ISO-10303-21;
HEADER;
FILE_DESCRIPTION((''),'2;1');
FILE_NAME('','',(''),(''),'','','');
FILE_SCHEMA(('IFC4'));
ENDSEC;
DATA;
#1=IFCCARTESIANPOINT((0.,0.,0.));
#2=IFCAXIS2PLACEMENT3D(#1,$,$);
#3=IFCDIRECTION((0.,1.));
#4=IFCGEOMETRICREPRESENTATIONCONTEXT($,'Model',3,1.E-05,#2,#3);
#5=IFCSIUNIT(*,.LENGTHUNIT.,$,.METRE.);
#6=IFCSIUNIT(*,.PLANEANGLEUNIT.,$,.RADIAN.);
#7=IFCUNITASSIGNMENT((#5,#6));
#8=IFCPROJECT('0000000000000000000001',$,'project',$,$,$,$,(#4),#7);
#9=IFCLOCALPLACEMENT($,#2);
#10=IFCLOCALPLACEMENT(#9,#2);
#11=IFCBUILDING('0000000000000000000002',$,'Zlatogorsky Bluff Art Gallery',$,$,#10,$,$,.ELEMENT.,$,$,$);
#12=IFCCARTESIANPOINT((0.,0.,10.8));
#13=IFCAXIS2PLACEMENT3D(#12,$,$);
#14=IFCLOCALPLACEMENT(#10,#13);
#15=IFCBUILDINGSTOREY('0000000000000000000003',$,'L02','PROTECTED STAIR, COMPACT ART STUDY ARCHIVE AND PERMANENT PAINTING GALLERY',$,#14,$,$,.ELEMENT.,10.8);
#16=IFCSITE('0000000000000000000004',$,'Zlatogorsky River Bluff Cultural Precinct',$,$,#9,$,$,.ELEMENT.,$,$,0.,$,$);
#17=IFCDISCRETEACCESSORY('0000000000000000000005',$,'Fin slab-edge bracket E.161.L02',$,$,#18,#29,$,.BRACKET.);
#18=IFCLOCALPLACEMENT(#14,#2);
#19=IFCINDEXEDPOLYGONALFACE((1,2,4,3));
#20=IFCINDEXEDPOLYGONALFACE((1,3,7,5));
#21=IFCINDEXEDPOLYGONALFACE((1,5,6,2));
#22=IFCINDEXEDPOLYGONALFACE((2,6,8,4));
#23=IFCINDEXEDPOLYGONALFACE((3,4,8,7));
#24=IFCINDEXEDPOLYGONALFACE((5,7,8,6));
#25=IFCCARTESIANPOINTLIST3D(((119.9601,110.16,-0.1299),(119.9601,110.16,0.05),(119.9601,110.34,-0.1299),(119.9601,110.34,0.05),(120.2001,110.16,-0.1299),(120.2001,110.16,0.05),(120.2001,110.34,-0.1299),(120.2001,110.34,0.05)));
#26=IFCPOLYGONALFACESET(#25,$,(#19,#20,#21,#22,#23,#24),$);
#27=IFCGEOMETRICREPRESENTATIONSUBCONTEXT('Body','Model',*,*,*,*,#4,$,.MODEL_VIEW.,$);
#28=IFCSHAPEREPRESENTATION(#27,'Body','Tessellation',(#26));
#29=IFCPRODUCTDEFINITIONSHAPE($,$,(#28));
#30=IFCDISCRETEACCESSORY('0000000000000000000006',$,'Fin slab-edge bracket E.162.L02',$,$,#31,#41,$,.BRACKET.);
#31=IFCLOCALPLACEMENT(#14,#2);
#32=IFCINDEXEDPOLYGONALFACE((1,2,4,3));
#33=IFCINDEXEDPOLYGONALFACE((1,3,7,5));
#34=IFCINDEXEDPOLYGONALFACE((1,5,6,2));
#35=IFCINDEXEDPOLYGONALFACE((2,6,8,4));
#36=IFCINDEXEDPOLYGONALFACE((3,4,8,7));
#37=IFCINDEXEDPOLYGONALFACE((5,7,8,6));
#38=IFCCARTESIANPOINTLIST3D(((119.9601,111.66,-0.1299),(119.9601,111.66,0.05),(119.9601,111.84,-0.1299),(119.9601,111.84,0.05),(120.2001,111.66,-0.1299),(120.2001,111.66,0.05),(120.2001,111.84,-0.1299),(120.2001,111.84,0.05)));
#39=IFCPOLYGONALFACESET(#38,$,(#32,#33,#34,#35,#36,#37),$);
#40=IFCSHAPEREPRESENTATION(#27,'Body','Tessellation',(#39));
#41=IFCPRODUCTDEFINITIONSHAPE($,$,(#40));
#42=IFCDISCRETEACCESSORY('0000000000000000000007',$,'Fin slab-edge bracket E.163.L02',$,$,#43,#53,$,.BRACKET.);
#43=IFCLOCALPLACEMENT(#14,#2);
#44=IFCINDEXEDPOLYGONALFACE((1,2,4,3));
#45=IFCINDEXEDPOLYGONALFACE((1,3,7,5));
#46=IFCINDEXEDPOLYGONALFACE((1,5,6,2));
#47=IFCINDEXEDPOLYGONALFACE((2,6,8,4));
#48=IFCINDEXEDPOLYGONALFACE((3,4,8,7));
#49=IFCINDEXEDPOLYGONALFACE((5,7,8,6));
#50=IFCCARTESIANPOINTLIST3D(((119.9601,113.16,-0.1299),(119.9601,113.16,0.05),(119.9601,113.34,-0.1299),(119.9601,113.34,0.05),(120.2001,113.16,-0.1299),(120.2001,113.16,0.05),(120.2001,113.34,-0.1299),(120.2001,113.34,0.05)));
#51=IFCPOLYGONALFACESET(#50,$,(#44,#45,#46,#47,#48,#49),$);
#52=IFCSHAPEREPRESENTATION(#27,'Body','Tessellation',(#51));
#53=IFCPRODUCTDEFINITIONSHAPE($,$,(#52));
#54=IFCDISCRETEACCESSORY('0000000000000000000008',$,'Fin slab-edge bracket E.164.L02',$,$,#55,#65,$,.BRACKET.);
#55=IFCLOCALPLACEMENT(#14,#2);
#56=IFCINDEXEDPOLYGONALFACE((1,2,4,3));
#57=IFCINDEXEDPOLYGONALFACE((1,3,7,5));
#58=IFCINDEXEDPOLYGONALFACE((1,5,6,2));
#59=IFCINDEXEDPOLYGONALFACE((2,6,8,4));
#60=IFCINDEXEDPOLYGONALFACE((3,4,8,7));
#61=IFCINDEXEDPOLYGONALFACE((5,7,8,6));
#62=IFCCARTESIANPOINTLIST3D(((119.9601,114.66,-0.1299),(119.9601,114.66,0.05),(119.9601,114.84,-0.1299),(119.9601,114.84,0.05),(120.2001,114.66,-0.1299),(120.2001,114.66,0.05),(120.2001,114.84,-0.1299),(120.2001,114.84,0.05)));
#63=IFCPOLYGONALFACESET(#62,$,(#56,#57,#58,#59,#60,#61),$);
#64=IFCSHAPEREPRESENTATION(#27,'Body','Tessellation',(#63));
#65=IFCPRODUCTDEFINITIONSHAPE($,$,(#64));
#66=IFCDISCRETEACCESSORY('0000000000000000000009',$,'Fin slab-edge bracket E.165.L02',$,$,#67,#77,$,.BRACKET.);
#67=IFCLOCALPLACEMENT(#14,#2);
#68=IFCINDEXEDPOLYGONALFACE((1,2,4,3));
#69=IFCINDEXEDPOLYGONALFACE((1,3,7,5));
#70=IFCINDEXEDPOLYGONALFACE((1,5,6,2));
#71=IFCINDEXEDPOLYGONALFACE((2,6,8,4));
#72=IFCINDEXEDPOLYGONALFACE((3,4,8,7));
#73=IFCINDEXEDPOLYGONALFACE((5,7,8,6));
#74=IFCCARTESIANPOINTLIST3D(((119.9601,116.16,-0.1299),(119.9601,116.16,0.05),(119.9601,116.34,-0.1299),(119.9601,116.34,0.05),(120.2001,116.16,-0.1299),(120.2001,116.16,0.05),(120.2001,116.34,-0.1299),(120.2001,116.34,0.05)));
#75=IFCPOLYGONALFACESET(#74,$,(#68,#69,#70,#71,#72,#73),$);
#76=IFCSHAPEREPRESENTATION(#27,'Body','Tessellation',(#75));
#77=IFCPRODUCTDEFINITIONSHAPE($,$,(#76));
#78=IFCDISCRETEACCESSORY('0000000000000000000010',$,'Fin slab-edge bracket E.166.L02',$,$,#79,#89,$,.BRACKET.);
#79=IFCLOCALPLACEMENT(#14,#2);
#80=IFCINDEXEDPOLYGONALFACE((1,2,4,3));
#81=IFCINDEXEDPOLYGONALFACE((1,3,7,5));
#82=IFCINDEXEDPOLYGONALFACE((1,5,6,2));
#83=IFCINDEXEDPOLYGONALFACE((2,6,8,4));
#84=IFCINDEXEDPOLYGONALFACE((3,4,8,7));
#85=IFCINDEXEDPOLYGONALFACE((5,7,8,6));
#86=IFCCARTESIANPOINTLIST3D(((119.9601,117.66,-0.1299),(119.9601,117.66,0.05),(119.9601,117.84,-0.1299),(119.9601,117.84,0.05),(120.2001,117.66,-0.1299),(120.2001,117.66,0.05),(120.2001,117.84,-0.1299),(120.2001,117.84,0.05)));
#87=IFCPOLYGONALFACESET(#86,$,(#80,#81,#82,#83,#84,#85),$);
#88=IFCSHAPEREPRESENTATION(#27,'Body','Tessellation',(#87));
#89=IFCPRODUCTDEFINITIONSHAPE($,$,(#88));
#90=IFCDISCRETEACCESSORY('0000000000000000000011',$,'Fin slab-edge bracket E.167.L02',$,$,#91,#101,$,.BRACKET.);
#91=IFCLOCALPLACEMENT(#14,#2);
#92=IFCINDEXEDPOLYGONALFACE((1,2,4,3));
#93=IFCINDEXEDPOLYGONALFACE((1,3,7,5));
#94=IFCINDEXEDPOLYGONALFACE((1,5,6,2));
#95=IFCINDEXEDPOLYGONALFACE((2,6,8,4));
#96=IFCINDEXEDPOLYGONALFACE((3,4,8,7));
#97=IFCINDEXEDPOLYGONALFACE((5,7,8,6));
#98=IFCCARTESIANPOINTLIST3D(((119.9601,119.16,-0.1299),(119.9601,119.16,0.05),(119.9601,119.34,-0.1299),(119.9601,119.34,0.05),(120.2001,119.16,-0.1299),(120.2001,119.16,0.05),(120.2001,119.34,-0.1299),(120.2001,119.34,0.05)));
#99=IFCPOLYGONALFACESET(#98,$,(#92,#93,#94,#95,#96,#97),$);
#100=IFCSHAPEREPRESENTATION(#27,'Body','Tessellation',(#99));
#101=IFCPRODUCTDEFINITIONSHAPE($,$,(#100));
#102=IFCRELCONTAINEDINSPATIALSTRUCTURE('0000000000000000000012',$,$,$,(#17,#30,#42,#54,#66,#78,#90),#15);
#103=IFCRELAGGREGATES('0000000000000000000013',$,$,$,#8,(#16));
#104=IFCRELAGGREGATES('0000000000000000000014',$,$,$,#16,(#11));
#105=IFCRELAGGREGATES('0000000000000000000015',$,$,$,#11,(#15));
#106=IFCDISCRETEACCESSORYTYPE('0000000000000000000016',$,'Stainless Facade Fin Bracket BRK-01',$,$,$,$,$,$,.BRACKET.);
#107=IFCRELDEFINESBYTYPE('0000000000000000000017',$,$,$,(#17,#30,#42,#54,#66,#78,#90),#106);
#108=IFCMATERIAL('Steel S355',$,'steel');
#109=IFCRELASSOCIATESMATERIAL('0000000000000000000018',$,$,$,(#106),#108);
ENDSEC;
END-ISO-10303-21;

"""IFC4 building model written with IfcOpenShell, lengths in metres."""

from ifc_helpers import new_model, si_unit, direction, frame, origin, origin_2d, place, context, subcontext, project, spatial, rectangle, extrude, material, type_object, element, save


model = new_model("IFC4")

# Units and contexts
model_context = context("Model", 3, precision=1e-05, world=origin(), true_north=direction((0.0, 1.0)))
body_context = subcontext(model_context, "Body", "Model", "MODEL_VIEW")
ifc_project = project(units=[si_unit("LENGTHUNIT", "METRE"), si_unit("PLANEANGLEUNIT", "RADIAN")], contexts=[model_context])

# Site, building, storey
site_placement = place(None, origin())
site = spatial("IfcSite", under=ifc_project, at=site_placement, Name="Zlatogorsky River Bluff Cultural Precinct", CompositionType="ELEMENT", RefElevation=0.0)
building_placement = place(site_placement, origin())
building = spatial("IfcBuilding", under=site, at=building_placement, Name="Zlatogorsky Bluff Art Gallery", CompositionType="ELEMENT")
storey_placement = place(building_placement, frame((0.0, 0.0, 10.8)))
storey = spatial("IfcBuildingStorey", under=building, at=storey_placement, Name="L02", Description="PROTECTED STAIR, COMPACT ART STUDY ARCHIVE AND PERMANENT PAINTING GALLERY", CompositionType="ELEMENT", Elevation=10.8)

# Discrete accessories
ifc_material_1 = material(Name="Steel S355", Category="steel")
discrete_accessory_type = type_object("IfcDiscreteAccessoryType", Name="Stainless Facade Fin Bracket BRK-01", PredefinedType="BRACKET", material=ifc_material_1)
for number, where, z_axis, x_axis, name in (
    (1, (120.0801, 110.25, -0.1299), (0.0, 0.0, 1.0), (1.0, 0.0, 0.0), "Fin slab-edge bracket E.161.L02"),
    (2, (120.0801, 111.75, -0.1299), (0.0, 0.0, 1.0), (1.0, 0.0, 0.0), "Fin slab-edge bracket E.162.L02"),
    (3, (120.0801, 113.25, -0.1299), (0.0, 0.0, 1.0), (1.0, 0.0, 0.0), "Fin slab-edge bracket E.163.L02"),
    (4, (120.0801, 114.75, -0.1299), (0.0, 0.0, 1.0), (1.0, 0.0, 0.0), "Fin slab-edge bracket E.164.L02"),
    (5, (120.0801, 116.25, -0.1299), (0.0, 0.0, 1.0), (1.0, 0.0, 0.0), "Fin slab-edge bracket E.165.L02"),
    (6, (120.0801, 117.75, -0.1299), (0.0, 0.0, 1.0), (1.0, 0.0, 0.0), "Fin slab-edge bracket E.166.L02"),
    (7, (120.0801, 119.25, -0.1299), (0.0, 0.0, 1.0), (1.0, 0.0, 0.0), "Fin slab-edge bracket E.167.L02"),
):
    element("IfcDiscreteAccessory", number, at=place(storey_placement, frame(where, z_axis=z_axis, x_axis=x_axis)), inside=storey, type_object=discrete_accessory_type, Name=name, PredefinedType="BRACKET", context=body_context, shape_type="SweptSolid", body=[
        extrude(rectangle(XDim=0.24, YDim=0.1799, at=origin_2d()), origin(), (0.0, 0.0, 1.0), 0.1799),
    ])

save(model, "model.ifc")
